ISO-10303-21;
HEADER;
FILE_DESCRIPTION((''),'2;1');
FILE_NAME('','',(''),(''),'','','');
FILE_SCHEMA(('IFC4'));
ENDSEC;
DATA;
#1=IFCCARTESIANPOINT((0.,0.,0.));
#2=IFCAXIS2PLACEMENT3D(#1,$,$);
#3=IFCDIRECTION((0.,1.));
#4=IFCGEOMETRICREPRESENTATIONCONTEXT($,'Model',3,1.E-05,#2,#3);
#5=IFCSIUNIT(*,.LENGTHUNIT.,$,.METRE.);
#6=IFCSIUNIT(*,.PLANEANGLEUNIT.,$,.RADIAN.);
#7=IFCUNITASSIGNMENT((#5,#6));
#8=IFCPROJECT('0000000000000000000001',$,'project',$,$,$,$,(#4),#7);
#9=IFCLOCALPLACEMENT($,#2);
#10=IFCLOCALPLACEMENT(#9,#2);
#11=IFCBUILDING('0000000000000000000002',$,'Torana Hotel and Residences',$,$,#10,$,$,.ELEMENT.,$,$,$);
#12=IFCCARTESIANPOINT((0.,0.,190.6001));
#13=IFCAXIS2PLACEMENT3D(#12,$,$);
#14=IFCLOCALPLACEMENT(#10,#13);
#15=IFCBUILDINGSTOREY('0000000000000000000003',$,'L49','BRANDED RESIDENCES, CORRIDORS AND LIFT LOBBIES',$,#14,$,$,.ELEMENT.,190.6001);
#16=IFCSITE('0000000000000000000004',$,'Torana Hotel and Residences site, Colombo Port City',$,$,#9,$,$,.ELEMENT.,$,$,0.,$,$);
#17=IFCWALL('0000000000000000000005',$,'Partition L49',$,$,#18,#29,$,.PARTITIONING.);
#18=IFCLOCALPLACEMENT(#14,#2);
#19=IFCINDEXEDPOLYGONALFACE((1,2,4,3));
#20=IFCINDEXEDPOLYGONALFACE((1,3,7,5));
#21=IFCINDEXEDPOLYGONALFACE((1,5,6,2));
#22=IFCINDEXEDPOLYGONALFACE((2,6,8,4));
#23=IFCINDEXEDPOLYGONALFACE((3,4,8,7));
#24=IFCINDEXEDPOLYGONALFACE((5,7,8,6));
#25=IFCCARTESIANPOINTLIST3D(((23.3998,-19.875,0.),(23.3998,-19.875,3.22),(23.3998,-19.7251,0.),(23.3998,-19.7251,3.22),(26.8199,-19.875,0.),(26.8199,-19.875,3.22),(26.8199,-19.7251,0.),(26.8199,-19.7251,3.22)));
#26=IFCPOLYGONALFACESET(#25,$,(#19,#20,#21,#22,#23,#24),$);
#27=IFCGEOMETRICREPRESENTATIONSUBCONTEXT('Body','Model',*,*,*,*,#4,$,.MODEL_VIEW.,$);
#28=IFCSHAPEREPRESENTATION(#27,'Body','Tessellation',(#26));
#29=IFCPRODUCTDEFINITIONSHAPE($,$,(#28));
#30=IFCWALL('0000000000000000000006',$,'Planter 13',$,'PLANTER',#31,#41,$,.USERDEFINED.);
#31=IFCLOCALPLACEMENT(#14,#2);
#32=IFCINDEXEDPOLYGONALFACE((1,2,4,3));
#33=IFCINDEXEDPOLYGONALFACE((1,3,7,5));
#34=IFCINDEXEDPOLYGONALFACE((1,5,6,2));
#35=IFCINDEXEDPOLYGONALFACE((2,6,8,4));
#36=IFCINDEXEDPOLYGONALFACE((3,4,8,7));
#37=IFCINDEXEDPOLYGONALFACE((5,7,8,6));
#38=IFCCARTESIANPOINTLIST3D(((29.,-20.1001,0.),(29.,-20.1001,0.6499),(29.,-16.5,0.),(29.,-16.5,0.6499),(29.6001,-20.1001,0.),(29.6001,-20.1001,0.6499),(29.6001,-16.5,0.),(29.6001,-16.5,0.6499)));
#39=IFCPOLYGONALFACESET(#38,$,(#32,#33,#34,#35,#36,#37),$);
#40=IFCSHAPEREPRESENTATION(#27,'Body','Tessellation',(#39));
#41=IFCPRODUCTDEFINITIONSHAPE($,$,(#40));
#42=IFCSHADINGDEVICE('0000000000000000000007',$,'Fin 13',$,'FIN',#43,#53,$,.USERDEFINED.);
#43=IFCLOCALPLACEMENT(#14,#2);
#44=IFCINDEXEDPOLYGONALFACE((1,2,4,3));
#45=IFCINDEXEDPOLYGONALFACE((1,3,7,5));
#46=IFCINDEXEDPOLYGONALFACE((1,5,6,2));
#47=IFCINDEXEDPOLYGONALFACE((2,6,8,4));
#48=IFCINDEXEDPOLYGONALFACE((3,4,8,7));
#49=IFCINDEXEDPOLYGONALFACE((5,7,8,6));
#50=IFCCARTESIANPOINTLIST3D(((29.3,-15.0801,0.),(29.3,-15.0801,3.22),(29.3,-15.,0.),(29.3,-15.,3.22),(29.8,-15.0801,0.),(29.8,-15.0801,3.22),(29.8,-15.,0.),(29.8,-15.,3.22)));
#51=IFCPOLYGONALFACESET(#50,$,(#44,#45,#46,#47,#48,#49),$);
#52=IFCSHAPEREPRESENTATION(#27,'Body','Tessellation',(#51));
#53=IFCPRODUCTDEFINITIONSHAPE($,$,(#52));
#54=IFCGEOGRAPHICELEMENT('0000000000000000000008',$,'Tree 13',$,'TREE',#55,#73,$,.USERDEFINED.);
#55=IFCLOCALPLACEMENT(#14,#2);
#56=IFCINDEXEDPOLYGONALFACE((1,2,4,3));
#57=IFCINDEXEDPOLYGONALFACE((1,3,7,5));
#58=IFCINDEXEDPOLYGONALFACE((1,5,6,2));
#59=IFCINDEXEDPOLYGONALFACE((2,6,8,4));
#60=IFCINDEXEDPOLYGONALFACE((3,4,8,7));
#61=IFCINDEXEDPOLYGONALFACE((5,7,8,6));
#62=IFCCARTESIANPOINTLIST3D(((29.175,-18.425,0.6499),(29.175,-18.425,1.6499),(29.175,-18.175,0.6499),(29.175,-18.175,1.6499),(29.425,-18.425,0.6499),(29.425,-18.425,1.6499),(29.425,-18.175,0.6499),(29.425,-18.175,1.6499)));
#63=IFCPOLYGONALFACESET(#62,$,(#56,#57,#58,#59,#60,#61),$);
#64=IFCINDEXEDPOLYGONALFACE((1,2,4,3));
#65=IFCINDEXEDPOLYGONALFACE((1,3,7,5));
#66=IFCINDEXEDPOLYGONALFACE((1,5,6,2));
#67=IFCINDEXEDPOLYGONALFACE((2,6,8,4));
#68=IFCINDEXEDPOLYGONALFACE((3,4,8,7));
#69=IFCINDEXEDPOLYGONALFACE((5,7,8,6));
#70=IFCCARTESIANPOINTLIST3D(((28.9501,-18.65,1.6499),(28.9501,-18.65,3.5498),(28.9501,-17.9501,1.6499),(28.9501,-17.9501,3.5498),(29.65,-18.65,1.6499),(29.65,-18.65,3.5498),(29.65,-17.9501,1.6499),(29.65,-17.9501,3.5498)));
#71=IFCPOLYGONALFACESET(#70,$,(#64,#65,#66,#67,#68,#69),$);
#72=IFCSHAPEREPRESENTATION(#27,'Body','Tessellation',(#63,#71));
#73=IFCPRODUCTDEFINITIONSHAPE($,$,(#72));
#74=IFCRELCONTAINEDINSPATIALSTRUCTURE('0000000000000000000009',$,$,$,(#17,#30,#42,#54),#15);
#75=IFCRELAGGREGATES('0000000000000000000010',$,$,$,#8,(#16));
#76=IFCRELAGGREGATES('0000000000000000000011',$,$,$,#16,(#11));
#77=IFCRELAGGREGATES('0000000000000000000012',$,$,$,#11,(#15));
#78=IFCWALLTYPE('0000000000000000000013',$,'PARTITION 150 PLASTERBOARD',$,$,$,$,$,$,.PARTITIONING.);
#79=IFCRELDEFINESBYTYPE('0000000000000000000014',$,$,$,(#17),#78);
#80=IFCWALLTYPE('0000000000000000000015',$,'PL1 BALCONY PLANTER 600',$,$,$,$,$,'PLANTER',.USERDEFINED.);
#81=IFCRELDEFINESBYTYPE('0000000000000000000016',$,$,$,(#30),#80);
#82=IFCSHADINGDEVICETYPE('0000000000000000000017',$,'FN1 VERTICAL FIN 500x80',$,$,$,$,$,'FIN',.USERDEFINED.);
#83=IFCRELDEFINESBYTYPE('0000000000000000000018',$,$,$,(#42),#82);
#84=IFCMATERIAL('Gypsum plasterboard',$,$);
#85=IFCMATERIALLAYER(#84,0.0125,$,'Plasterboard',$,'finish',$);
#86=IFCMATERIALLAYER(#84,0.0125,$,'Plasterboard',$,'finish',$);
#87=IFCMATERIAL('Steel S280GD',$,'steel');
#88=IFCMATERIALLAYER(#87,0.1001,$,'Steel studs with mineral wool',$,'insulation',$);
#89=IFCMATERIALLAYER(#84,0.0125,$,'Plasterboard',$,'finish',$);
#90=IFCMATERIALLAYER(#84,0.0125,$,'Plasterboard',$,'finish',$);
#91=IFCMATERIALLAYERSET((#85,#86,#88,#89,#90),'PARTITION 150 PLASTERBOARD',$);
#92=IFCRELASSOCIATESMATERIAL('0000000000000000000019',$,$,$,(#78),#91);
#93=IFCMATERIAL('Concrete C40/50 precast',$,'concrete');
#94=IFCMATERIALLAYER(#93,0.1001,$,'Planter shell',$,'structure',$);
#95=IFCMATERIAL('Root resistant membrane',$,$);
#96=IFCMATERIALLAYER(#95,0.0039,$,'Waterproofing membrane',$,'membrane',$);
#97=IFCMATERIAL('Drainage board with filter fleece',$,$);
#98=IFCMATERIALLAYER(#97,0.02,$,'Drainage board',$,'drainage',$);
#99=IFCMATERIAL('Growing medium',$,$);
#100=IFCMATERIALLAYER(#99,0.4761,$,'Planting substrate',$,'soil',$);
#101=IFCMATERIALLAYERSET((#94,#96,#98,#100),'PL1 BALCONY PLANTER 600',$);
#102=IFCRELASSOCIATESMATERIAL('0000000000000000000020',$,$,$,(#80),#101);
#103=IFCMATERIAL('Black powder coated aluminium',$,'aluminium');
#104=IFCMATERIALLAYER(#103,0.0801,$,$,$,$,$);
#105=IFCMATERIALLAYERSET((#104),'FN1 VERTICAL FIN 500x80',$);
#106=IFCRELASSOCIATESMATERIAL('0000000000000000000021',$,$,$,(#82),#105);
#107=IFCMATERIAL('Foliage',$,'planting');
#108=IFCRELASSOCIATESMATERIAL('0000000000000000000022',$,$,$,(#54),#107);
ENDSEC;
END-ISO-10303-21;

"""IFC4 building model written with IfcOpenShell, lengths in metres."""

from ifc_helpers import new_model, si_unit, direction, frame, frame_2d, origin, origin_2d, place, context, subcontext, project, spatial, rectangle, extrude, material, layer, layer_set, type_object, element, save


model = new_model("IFC4")

# Units and contexts
model_context = context("Model", 3, precision=1e-05, world=origin(), true_north=direction((0.0, 1.0)))
body_context = subcontext(model_context, "Body", "Model", "MODEL_VIEW")
ifc_project = project(units=[si_unit("LENGTHUNIT", "METRE"), si_unit("PLANEANGLEUNIT", "RADIAN")], contexts=[model_context])

# Site, building, storey
site_placement = place(None, origin())
site = spatial("IfcSite", under=ifc_project, at=site_placement, Name="Torana Hotel and Residences site, Colombo Port City", CompositionType="ELEMENT", RefElevation=0.0)
building_placement = place(site_placement, origin())
building = spatial("IfcBuilding", under=site, at=building_placement, Name="Torana Hotel and Residences", CompositionType="ELEMENT")
storey_placement = place(building_placement, frame((0.0, 0.0, 190.6001)))
storey = spatial("IfcBuildingStorey", under=building, at=storey_placement, Name="L49", Description="BRANDED RESIDENCES, CORRIDORS AND LIFT LOBBIES", CompositionType="ELEMENT", Elevation=190.6001)

# Walls
ifc_material_1 = material(Name="Gypsum plasterboard")
ifc_layer_1 = layer(ifc_material_1, 0.0125, Name="Plasterboard", Category="finish")
ifc_layer_2 = layer(ifc_material_1, 0.0125, Name="Plasterboard", Category="finish")
ifc_material_2 = material(Name="Steel S280GD", Category="steel")
ifc_layer_3 = layer(ifc_material_2, 0.1001, Name="Steel studs with mineral wool", Category="insulation")
ifc_layer_4 = layer(ifc_material_1, 0.0125, Name="Plasterboard", Category="finish")
ifc_layer_5 = layer(ifc_material_1, 0.0125, Name="Plasterboard", Category="finish")
ifc_layer_set_1 = layer_set([ifc_layer_1, ifc_layer_2, ifc_layer_3, ifc_layer_4, ifc_layer_5], Name="PARTITION 150 PLASTERBOARD")
wall_type_1 = type_object("IfcWallType", Name="PARTITION 150 PLASTERBOARD", PredefinedType="PARTITIONING", material=ifc_layer_set_1)
wall_1_placement = place(storey_placement, frame((23.3999, -19.8, 0.0), z_axis=(0.0, 0.0, 1.0), x_axis=(1.0, 0.0, 0.0)))
element("IfcWall", 1, at=wall_1_placement, inside=storey, type_object=wall_type_1, Name="Partition L49", PredefinedType="PARTITIONING", context=body_context, shape_type="SweptSolid", body=[
    extrude(rectangle(XDim=3.4202, YDim=0.1499, at=frame_2d((1.71, 0.0))), origin(), (0.0, 0.0, 1.0), 3.22),
])
ifc_material_3 = material(Name="Concrete C40/50 precast", Category="concrete")
ifc_layer_6 = layer(ifc_material_3, 0.1001, Name="Planter shell", Category="structure")
ifc_material_4 = material(Name="Root resistant membrane")
ifc_layer_7 = layer(ifc_material_4, 0.0039, Name="Waterproofing membrane", Category="membrane")
ifc_material_5 = material(Name="Drainage board with filter fleece")
ifc_layer_8 = layer(ifc_material_5, 0.02, Name="Drainage board", Category="drainage")
ifc_material_6 = material(Name="Growing medium")
ifc_layer_9 = layer(ifc_material_6, 0.4761, Name="Planting substrate", Category="soil")
ifc_layer_set_2 = layer_set([ifc_layer_6, ifc_layer_7, ifc_layer_8, ifc_layer_9], Name="PL1 BALCONY PLANTER 600")
wall_type_2 = type_object("IfcWallType", Name="PL1 BALCONY PLANTER 600", ElementType="PLANTER", PredefinedType="USERDEFINED", material=ifc_layer_set_2)
wall_2_placement = place(storey_placement, frame((29.3, -16.5, 0.0), z_axis=(0.0, 0.0, 1.0), x_axis=(0.0, -1.0, 0.0)))
element("IfcWall", 2, at=wall_2_placement, inside=storey, type_object=wall_type_2, Name="Planter 13", ObjectType="PLANTER", PredefinedType="USERDEFINED", context=body_context, shape_type="SweptSolid", body=[
    extrude(rectangle(XDim=3.6001, YDim=0.6001, at=frame_2d((1.8, 0.0))), origin(), (0.0, 0.0, 1.0), 0.6499),
])

# Shading device
ifc_material_7 = material(Name="Black powder coated aluminium", Category="aluminium")
ifc_layer_10 = layer(ifc_material_7, 0.0801)
ifc_layer_set_3 = layer_set([ifc_layer_10], Name="FN1 VERTICAL FIN 500x80")
shading_device_type = type_object("IfcShadingDeviceType", Name="FN1 VERTICAL FIN 500x80", ElementType="FIN", PredefinedType="USERDEFINED", material=ifc_layer_set_3)
shading_device_placement = place(storey_placement, frame((29.55, -15.04, 0.0), z_axis=(0.0, 0.0, 1.0), x_axis=(0.0, -1.0, 0.0)))
element("IfcShadingDevice", 3, at=shading_device_placement, inside=storey, type_object=shading_device_type, Name="Fin 13", ObjectType="FIN", PredefinedType="USERDEFINED", context=body_context, shape_type="SweptSolid", body=[
    extrude(rectangle(XDim=0.0801, YDim=0.5, at=origin_2d()), origin(), (0.0, 0.0, 1.0), 3.22),
])

# Geographic element
ifc_material_8 = material(Name="Foliage", Category="planting")
geographic_element_placement = place(storey_placement, frame((29.3, -18.3, 0.6499), z_axis=(0.0, 0.0, 1.0), x_axis=(1.0, 0.0, 0.0)))
element("IfcGeographicElement", 4, at=geographic_element_placement, inside=storey, material=ifc_material_8, Name="Tree 13", ObjectType="TREE", PredefinedType="USERDEFINED", context=body_context, shape_type="SweptSolid", body=[
    extrude(rectangle(XDim=0.25, YDim=0.25, at=origin_2d()), origin(), (0.0, 0.0, 1.0), 1.0),
    extrude(rectangle(XDim=0.7, YDim=0.7, at=origin_2d()), frame((0.0, 0.0, 1.0)), (0.0, 0.0, 1.0), 1.8999),
])

save(model, "model.ifc")
